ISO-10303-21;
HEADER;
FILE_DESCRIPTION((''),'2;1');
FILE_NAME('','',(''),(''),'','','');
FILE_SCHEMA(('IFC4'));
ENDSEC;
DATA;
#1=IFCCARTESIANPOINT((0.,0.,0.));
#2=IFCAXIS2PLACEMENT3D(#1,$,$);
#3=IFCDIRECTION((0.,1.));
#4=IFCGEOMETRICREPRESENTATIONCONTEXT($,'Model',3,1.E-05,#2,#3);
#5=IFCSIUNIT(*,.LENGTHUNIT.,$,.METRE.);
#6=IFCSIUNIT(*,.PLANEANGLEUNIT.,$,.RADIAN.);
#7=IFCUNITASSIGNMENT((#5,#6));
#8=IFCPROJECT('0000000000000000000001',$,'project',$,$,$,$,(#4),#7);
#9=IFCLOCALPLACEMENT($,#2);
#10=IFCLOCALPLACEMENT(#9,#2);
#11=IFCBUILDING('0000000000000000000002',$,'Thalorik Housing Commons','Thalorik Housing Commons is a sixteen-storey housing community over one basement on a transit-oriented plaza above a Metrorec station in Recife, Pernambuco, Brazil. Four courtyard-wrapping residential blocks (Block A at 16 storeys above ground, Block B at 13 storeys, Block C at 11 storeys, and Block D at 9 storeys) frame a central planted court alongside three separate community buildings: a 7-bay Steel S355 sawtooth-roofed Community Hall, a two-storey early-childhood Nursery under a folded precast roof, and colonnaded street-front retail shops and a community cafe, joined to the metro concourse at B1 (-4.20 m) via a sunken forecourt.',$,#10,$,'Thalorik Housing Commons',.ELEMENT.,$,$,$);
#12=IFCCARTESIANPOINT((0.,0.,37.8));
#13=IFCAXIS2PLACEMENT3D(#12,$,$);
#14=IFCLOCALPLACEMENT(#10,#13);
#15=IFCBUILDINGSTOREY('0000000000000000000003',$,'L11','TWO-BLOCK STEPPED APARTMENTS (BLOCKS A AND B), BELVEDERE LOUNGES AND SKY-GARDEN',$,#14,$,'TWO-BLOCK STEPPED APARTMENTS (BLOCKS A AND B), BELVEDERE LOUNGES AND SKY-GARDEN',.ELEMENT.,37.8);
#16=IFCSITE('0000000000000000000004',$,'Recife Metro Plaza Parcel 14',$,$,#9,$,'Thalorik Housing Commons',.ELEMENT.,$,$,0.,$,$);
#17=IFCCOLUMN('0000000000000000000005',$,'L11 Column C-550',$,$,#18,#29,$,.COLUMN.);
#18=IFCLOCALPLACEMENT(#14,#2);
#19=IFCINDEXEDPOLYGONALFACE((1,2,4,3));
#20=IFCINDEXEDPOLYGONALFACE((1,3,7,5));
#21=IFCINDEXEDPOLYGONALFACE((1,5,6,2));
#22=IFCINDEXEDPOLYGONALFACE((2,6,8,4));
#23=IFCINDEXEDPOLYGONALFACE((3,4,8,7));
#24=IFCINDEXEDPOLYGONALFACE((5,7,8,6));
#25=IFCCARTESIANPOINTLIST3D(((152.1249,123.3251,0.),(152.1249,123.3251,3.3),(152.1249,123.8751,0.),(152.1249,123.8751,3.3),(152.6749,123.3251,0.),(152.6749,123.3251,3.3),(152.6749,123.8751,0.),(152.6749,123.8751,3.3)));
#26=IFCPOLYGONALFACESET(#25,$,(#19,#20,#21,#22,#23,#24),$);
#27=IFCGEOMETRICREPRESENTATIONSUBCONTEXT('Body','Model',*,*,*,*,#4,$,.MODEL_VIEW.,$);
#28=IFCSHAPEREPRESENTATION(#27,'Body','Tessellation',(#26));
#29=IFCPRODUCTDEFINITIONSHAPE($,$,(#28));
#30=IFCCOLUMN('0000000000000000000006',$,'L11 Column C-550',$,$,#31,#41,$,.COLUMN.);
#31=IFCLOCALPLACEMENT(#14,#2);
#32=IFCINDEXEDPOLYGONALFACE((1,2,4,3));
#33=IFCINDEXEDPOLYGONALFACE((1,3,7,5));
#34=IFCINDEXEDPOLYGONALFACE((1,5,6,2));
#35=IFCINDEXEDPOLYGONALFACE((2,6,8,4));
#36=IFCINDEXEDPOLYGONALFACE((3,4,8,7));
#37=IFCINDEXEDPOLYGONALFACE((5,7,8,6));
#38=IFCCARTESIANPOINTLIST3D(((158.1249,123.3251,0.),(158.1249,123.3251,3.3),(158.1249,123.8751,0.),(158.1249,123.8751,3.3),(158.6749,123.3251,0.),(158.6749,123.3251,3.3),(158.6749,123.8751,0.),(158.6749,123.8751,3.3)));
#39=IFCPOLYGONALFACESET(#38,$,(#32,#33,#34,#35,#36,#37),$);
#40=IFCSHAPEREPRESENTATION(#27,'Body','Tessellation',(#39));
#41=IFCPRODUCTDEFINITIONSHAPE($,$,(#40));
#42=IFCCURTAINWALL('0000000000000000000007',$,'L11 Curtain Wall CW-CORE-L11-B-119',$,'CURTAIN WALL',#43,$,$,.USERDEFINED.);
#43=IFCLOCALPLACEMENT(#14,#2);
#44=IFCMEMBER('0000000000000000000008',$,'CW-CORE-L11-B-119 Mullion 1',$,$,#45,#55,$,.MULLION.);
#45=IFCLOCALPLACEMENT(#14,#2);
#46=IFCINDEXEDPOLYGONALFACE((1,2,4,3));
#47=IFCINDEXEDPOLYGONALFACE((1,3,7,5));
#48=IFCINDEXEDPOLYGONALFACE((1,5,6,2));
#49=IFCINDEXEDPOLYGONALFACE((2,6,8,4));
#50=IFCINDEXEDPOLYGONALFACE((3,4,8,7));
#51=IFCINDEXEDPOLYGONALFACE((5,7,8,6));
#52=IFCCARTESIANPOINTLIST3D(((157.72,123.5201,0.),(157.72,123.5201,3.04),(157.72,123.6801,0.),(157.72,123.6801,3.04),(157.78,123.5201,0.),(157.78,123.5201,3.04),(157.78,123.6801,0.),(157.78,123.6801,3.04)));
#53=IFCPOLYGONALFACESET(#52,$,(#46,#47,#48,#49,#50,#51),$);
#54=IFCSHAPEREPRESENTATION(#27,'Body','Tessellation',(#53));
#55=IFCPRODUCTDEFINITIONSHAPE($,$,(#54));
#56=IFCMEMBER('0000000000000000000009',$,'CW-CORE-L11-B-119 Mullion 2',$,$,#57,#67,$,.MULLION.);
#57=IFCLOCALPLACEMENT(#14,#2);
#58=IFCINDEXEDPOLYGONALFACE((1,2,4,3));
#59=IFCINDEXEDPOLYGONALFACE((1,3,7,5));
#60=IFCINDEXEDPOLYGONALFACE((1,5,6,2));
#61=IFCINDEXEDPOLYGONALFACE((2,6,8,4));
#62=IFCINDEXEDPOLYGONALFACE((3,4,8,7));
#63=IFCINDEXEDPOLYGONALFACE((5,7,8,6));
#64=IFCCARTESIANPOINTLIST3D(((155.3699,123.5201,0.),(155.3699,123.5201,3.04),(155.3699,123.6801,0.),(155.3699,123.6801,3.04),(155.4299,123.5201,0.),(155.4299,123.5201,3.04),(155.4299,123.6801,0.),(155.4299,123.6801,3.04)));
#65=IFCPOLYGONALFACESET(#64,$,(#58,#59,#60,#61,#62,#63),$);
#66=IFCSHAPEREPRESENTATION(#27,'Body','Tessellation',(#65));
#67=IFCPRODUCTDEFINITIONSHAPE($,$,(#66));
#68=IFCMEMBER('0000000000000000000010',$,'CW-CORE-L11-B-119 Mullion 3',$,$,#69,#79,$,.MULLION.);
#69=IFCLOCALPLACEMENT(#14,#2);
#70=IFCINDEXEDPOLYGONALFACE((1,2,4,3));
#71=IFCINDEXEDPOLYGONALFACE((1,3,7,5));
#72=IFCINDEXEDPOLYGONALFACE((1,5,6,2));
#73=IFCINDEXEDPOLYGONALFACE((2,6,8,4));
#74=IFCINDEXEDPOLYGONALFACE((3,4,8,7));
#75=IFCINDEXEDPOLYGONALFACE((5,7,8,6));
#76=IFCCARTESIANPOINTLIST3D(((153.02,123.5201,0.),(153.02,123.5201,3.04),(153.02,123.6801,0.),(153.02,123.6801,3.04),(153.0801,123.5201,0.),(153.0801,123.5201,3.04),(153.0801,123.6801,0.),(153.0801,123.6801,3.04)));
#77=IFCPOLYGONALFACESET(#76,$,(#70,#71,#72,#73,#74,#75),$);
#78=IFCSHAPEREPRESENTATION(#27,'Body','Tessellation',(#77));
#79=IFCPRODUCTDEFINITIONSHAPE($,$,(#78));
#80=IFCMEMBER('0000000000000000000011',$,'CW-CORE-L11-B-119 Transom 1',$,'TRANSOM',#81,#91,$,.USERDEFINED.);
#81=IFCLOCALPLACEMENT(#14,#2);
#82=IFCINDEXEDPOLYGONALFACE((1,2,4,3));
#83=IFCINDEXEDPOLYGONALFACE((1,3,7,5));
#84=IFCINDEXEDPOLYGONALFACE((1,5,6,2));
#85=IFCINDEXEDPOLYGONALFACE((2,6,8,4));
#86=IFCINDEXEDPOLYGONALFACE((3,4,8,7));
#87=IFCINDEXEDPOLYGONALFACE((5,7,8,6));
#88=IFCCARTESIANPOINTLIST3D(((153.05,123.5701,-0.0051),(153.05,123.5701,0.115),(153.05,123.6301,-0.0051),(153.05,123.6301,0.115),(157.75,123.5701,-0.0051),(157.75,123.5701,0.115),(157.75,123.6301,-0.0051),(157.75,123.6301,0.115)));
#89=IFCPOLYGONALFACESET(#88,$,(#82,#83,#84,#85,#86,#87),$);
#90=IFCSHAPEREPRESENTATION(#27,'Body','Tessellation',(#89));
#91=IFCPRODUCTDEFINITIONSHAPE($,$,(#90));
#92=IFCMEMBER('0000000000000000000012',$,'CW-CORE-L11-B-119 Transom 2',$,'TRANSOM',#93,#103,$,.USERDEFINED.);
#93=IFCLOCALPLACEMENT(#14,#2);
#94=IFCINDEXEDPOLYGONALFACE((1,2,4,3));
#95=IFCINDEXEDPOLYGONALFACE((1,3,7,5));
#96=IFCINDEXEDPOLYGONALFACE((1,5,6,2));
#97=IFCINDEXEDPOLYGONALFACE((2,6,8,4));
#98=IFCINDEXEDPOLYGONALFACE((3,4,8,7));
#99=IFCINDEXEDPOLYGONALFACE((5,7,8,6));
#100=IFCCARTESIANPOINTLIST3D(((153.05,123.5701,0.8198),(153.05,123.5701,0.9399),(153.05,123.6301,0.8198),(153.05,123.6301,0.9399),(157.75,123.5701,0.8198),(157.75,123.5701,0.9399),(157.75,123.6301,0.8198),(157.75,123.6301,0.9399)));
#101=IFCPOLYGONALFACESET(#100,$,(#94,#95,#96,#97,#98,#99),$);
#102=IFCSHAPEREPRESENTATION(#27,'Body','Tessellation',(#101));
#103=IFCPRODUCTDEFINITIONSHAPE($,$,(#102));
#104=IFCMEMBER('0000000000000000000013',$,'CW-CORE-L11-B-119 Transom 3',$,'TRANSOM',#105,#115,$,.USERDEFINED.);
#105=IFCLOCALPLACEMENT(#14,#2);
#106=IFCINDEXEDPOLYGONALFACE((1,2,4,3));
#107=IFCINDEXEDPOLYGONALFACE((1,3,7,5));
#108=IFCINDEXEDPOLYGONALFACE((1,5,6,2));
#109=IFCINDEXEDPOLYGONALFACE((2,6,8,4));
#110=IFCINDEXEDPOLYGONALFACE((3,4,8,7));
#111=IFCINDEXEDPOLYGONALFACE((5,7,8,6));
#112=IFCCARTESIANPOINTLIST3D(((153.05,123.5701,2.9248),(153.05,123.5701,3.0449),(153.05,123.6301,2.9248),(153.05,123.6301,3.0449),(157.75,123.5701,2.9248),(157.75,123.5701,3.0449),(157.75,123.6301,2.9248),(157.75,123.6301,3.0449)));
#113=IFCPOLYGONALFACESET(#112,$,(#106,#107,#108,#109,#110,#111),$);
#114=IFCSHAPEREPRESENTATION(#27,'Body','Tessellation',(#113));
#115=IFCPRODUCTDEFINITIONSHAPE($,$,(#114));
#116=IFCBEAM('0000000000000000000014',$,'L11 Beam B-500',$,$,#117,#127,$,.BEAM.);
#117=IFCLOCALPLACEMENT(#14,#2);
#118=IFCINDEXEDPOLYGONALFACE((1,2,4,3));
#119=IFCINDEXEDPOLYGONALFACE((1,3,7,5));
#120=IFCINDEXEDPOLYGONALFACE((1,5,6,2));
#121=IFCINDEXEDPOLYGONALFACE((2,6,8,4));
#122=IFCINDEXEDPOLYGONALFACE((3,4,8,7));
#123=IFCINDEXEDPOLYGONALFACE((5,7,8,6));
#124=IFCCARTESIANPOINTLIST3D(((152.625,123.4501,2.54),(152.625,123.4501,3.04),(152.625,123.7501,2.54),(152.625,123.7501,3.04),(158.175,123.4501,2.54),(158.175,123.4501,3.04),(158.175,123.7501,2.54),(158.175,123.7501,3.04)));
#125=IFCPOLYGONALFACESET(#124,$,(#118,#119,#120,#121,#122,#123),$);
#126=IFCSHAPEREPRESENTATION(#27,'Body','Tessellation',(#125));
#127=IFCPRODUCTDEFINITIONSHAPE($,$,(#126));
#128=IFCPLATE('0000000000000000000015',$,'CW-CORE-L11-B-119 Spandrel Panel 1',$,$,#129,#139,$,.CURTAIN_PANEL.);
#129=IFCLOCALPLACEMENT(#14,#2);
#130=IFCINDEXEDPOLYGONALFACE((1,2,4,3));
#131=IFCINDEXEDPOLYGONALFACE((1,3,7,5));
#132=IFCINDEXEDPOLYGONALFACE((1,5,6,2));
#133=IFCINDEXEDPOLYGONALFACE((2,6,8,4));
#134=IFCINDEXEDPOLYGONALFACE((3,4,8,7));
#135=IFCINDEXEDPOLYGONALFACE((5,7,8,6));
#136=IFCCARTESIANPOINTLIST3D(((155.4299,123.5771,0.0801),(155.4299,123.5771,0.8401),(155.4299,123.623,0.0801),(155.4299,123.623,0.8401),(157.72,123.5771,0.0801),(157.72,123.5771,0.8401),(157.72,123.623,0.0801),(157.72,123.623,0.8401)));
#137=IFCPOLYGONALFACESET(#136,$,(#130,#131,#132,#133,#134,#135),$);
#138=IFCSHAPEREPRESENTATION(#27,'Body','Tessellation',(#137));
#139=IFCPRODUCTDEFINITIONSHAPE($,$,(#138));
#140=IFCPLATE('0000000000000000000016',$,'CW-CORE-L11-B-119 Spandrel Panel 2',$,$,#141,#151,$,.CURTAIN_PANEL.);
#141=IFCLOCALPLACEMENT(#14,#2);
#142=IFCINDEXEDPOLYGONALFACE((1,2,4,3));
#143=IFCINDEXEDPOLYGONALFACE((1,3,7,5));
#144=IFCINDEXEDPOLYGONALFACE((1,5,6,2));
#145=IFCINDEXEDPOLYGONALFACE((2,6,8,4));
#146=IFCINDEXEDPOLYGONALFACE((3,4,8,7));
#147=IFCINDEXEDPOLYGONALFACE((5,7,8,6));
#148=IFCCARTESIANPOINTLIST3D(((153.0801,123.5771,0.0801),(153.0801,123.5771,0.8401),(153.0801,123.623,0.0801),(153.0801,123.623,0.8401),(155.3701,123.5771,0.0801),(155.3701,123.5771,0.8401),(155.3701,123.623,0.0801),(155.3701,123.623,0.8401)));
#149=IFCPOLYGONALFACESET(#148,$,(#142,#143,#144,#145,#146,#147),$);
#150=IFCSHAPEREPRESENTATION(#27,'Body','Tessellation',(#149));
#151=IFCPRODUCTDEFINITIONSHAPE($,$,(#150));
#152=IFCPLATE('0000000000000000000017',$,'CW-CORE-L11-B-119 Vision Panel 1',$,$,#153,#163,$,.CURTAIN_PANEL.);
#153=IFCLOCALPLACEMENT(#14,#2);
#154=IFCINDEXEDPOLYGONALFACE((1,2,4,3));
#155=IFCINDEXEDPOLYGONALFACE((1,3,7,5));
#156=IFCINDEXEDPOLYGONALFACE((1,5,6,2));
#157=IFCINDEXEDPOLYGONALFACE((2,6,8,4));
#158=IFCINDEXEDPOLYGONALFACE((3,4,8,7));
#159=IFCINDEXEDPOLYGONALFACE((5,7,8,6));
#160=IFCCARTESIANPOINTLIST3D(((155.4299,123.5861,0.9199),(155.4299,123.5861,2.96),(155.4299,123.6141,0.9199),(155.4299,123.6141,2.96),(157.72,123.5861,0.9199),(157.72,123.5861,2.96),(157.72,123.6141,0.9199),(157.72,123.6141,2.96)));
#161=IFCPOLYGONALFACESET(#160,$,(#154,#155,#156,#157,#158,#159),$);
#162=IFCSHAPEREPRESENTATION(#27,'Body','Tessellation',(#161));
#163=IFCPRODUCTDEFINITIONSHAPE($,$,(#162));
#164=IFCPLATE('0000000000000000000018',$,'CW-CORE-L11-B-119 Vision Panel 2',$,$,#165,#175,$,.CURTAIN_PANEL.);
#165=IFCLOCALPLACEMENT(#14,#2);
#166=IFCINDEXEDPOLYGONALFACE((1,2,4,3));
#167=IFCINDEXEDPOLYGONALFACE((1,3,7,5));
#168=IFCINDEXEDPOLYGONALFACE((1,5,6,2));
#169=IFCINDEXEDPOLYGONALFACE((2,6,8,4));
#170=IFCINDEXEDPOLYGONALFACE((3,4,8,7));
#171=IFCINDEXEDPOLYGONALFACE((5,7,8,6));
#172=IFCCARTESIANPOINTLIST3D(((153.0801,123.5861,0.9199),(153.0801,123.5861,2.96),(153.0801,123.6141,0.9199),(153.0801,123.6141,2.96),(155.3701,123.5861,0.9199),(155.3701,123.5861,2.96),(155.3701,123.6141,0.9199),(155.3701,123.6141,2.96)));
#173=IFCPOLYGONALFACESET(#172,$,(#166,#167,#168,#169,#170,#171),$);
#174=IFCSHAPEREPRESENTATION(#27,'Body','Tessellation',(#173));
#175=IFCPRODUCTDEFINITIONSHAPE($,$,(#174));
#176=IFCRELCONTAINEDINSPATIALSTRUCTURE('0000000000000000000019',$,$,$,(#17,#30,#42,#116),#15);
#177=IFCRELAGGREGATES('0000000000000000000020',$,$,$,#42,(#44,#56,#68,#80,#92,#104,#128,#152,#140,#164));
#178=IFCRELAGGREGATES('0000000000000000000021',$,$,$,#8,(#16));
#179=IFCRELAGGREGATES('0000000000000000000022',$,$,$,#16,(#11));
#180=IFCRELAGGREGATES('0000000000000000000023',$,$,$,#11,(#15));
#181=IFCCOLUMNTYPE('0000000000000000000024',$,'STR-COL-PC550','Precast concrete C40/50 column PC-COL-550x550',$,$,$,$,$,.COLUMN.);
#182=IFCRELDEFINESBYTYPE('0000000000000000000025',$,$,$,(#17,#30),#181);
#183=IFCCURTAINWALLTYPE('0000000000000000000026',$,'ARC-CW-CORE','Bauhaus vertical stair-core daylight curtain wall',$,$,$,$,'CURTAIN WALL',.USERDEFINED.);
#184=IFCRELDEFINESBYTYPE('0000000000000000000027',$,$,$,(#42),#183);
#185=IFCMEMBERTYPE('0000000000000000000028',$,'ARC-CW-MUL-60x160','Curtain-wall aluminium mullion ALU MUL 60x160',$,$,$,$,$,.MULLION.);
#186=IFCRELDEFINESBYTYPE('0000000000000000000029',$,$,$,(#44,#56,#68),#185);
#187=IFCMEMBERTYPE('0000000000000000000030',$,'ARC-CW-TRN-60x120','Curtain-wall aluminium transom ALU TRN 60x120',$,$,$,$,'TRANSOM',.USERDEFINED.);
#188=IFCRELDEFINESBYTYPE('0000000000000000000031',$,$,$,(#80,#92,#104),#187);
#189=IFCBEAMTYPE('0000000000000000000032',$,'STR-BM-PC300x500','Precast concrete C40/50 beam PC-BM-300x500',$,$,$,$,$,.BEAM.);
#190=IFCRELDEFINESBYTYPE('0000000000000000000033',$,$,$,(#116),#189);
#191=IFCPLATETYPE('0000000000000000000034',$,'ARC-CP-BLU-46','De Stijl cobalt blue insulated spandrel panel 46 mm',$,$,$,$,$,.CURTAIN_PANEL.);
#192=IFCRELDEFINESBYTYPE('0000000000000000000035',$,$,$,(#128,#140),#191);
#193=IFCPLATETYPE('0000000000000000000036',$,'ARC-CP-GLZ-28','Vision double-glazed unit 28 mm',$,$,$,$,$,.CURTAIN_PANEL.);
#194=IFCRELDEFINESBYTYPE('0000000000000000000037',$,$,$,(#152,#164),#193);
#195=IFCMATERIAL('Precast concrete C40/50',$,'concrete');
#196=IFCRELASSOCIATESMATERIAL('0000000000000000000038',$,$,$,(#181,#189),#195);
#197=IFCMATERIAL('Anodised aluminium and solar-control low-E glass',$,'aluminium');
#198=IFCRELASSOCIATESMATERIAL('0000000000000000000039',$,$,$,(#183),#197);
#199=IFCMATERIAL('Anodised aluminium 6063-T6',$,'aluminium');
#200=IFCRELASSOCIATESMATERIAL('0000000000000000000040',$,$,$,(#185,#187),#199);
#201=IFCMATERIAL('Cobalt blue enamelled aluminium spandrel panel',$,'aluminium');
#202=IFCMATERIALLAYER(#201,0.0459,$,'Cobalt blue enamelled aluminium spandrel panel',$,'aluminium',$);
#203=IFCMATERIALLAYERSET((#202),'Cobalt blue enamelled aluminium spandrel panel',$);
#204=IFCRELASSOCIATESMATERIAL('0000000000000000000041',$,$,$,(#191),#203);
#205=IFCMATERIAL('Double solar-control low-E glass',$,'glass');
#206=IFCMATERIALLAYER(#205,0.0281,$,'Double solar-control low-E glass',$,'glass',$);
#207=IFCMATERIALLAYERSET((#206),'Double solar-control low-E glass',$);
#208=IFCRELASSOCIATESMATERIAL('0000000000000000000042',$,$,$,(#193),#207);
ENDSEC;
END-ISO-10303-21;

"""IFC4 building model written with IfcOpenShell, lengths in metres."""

from ifc_helpers import new_model, si_unit, direction, frame, origin, origin_2d, place, context, subcontext, project, spatial, rectangle, extrude, material, layer, layer_set, material_profile, profile_set, type_object, element, aggregate, save


model = new_model("IFC4")

# Units and contexts
model_context = context("Model", 3, precision=1e-05, world=origin(), true_north=direction((0.0, 1.0)))
body_context = subcontext(model_context, "Body", "Model", "MODEL_VIEW")
ifc_project = project(units=[si_unit("LENGTHUNIT", "METRE"), si_unit("PLANEANGLEUNIT", "RADIAN")], contexts=[model_context])

# Site, building, storey
site_placement = place(None, origin())
site = spatial("IfcSite", under=ifc_project, at=site_placement, Name="Recife Metro Plaza Parcel 14", LongName="Thalorik Housing Commons", CompositionType="ELEMENT", RefElevation=0.0)
building_placement = place(site_placement, origin())
building = spatial("IfcBuilding", under=site, at=building_placement, Name="Thalorik Housing Commons", Description="Thalorik Housing Commons is a sixteen-storey housing community over one basement on a transit-oriented plaza above a Metrorec station in Recife, Pernambuco, Brazil. Four courtyard-wrapping residential blocks (Block A at 16 storeys above ground, Block B at 13 storeys, Block C at 11 storeys, and Block D at 9 storeys) frame a central planted court alongside three separate community buildings: a 7-bay Steel S355 sawtooth-roofed Community Hall, a two-storey early-childhood Nursery under a folded precast roof, and colonnaded street-front retail shops and a community cafe, joined to the metro concourse at B1 (-4.20 m) via a sunken forecourt.", LongName="Thalorik Housing Commons", CompositionType="ELEMENT")
storey_placement = place(building_placement, frame((0.0, 0.0, 37.8)))
storey = spatial("IfcBuildingStorey", under=building, at=storey_placement, Name="L11", Description="TWO-BLOCK STEPPED APARTMENTS (BLOCKS A AND B), BELVEDERE LOUNGES AND SKY-GARDEN", LongName="TWO-BLOCK STEPPED APARTMENTS (BLOCKS A AND B), BELVEDERE LOUNGES AND SKY-GARDEN", CompositionType="ELEMENT", Elevation=37.8)

# Columns
ifc_material_1 = material(Name="Precast concrete C40/50", Category="concrete")
ifc_material_profile_1 = material_profile(ifc_material_1, rectangle(XDim=0.55, YDim=0.55, at=origin_2d()), Name="PC 550x550", Category="concrete")
ifc_profile_set_1 = profile_set([ifc_material_profile_1], Name="Precast concrete C40/50")
column_type = type_object("IfcColumnType", Name="STR-COL-PC550", Description="Precast concrete C40/50 column PC-COL-550x550", PredefinedType="COLUMN", material=ifc_profile_set_1)
for number, where, z_axis, x_axis, name in (
    (1, (152.3999, 123.6001, 0.0), (0.0, 0.0, 1.0), (1.0, 0.0, 0.0), "L11 Column C-550"),
    (2, (158.3999, 123.6001, 0.0), (0.0, 0.0, 1.0), (1.0, 0.0, 0.0), "L11 Column C-550"),
):
    element("IfcColumn", number, at=place(storey_placement, frame(where, z_axis=z_axis, x_axis=x_axis)), inside=storey, type_object=column_type, Name=name, PredefinedType="COLUMN", context=body_context, shape_type="SweptSolid", body=[
        extrude(rectangle(XDim=0.55, YDim=0.55, at=origin_2d()), origin(), (0.0, 0.0, 1.0), 3.3),
    ])

# Curtain wall, members
ifc_material_2 = material(Name="Anodised aluminium and solar-control low-E glass", Category="aluminium")
curtain_wall_type = type_object("IfcCurtainWallType", Name="ARC-CW-CORE", Description="Bauhaus vertical stair-core daylight curtain wall", ElementType="CURTAIN WALL", PredefinedType="USERDEFINED", material=ifc_material_2)
curtain_wall_placement = place(storey_placement, origin())
curtain_wall = element("IfcCurtainWall", 3, at=curtain_wall_placement, inside=storey, type_object=curtain_wall_type, Name="L11 Curtain Wall CW-CORE-L11-B-119", ObjectType="CURTAIN WALL", PredefinedType="USERDEFINED")
ifc_material_3 = material(Name="Anodised aluminium 6063-T6", Category="aluminium")
ifc_material_profile_2 = material_profile(ifc_material_3, rectangle(XDim=0.0601, YDim=0.1599, at=origin_2d()), Name="ALU MUL 60x160", Category="aluminium")
ifc_profile_set_2 = profile_set([ifc_material_profile_2], Name="Anodised aluminium 6063-T6")
member_type_1 = type_object("IfcMemberType", Name="ARC-CW-MUL-60x160", Description="Curtain-wall aluminium mullion ALU MUL 60x160", PredefinedType="MULLION", material=ifc_profile_set_2)
member_1_placement = place(storey_placement, frame((157.75, 123.6001, 0.0), z_axis=(0.0, 0.0, 1.0), x_axis=(-1.0, 0.0, 0.0)))
member_1 = element("IfcMember", 4, at=member_1_placement, type_object=member_type_1, Name="CW-CORE-L11-B-119 Mullion 1", PredefinedType="MULLION", context=body_context, shape_type="SweptSolid", body=[
    extrude(rectangle(XDim=0.0601, YDim=0.1599, at=origin_2d()), origin(), (0.0, 0.0, 1.0), 3.04),
])
member_2_placement = place(storey_placement, frame((155.3999, 123.6001, 0.0), z_axis=(0.0, 0.0, 1.0), x_axis=(-1.0, 0.0, 0.0)))
member_2 = element("IfcMember", 5, at=member_2_placement, type_object=member_type_1, Name="CW-CORE-L11-B-119 Mullion 2", PredefinedType="MULLION", context=body_context, shape_type="SweptSolid", body=[
    extrude(rectangle(XDim=0.0601, YDim=0.1599, at=origin_2d()), origin(), (0.0, 0.0, 1.0), 3.04),
])
member_3_placement = place(storey_placement, frame((153.05, 123.6001, 0.0), z_axis=(0.0, 0.0, 1.0), x_axis=(-1.0, 0.0, 0.0)))
member_3 = element("IfcMember", 6, at=member_3_placement, type_object=member_type_1, Name="CW-CORE-L11-B-119 Mullion 3", PredefinedType="MULLION", context=body_context, shape_type="SweptSolid", body=[
    extrude(rectangle(XDim=0.0601, YDim=0.1599, at=origin_2d()), origin(), (0.0, 0.0, 1.0), 3.04),
])
ifc_material_profile_3 = material_profile(ifc_material_3, rectangle(XDim=0.0601, YDim=0.1201, at=origin_2d()), Name="ALU TRN 60x120", Category="aluminium")
ifc_profile_set_3 = profile_set([ifc_material_profile_3], Name="Anodised aluminium 6063-T6")
member_type_2 = type_object("IfcMemberType", Name="ARC-CW-TRN-60x120", Description="Curtain-wall aluminium transom ALU TRN 60x120", ElementType="TRANSOM", PredefinedType="USERDEFINED", material=ifc_profile_set_3)
member_4_placement = place(storey_placement, frame((157.75, 123.6001, 0.0549), z_axis=(-1.0, 0.0, 0.0), x_axis=(0.0, -1.0, 0.0)))
member_4 = element("IfcMember", 7, at=member_4_placement, type_object=member_type_2, Name="CW-CORE-L11-B-119 Transom 1", ObjectType="TRANSOM", PredefinedType="USERDEFINED", context=body_context, shape_type="SweptSolid", body=[
    extrude(rectangle(XDim=0.0601, YDim=0.1201, at=origin_2d()), origin(), (0.0, 0.0, 1.0), 4.7),
])
member_5_placement = place(storey_placement, frame((157.75, 123.6001, 0.8799), z_axis=(-1.0, 0.0, 0.0), x_axis=(0.0, -1.0, 0.0)))
member_5 = element("IfcMember", 8, at=member_5_placement, type_object=member_type_2, Name="CW-CORE-L11-B-119 Transom 2", ObjectType="TRANSOM", PredefinedType="USERDEFINED", context=body_context, shape_type="SweptSolid", body=[
    extrude(rectangle(XDim=0.0601, YDim=0.1201, at=origin_2d()), origin(), (0.0, 0.0, 1.0), 4.7),
])
member_6_placement = place(storey_placement, frame((157.75, 123.6001, 2.9849), z_axis=(-1.0, 0.0, 0.0), x_axis=(0.0, -1.0, 0.0)))
member_6 = element("IfcMember", 9, at=member_6_placement, type_object=member_type_2, Name="CW-CORE-L11-B-119 Transom 3", ObjectType="TRANSOM", PredefinedType="USERDEFINED", context=body_context, shape_type="SweptSolid", body=[
    extrude(rectangle(XDim=0.0601, YDim=0.1201, at=origin_2d()), origin(), (0.0, 0.0, 1.0), 4.7),
])

# Beam
ifc_material_profile_4 = material_profile(ifc_material_1, rectangle(XDim=0.3, YDim=0.5, at=origin_2d()), Name="PC 300x500", Category="concrete")
ifc_profile_set_4 = profile_set([ifc_material_profile_4], Name="Precast concrete C40/50")
beam_type = type_object("IfcBeamType", Name="STR-BM-PC300x500", Description="Precast concrete C40/50 beam PC-BM-300x500", PredefinedType="BEAM", material=ifc_profile_set_4)
beam_placement = place(storey_placement, frame((152.625, 123.6001, 2.79), z_axis=(1.0, 0.0, 0.0), x_axis=(0.0, 1.0, 0.0)))
element("IfcBeam", 10, at=beam_placement, inside=storey, type_object=beam_type, Name="L11 Beam B-500", PredefinedType="BEAM", context=body_context, shape_type="SweptSolid", body=[
    extrude(rectangle(XDim=0.3, YDim=0.5, at=origin_2d()), origin(), (0.0, 0.0, 1.0), 5.55),
])

# Plates
ifc_material_4 = material(Name="Cobalt blue enamelled aluminium spandrel panel", Category="aluminium")
ifc_layer_1 = layer(ifc_material_4, 0.0459, Name="Cobalt blue enamelled aluminium spandrel panel", Category="aluminium")
ifc_layer_set_1 = layer_set([ifc_layer_1], Name="Cobalt blue enamelled aluminium spandrel panel")
plate_type_1 = type_object("IfcPlateType", Name="ARC-CP-BLU-46", Description="De Stijl cobalt blue insulated spandrel panel 46 mm", PredefinedType="CURTAIN_PANEL", material=ifc_layer_set_1)
plate_1_placement = place(storey_placement, frame((156.575, 123.6001, 0.0801), z_axis=(0.0, 0.0, 1.0), x_axis=(-1.0, 0.0, 0.0)))
plate_1 = element("IfcPlate", 11, at=plate_1_placement, type_object=plate_type_1, Name="CW-CORE-L11-B-119 Spandrel Panel 1", PredefinedType="CURTAIN_PANEL", context=body_context, shape_type="SweptSolid", body=[
    extrude(rectangle(XDim=2.29, YDim=0.0459, at=origin_2d()), origin(), (0.0, 0.0, 1.0), 0.76),
])
plate_2_placement = place(storey_placement, frame((154.2251, 123.6001, 0.0801), z_axis=(0.0, 0.0, 1.0), x_axis=(-1.0, 0.0, 0.0)))
plate_2 = element("IfcPlate", 12, at=plate_2_placement, type_object=plate_type_1, Name="CW-CORE-L11-B-119 Spandrel Panel 2", PredefinedType="CURTAIN_PANEL", context=body_context, shape_type="SweptSolid", body=[
    extrude(rectangle(XDim=2.29, YDim=0.0459, at=origin_2d()), origin(), (0.0, 0.0, 1.0), 0.76),
])
ifc_material_5 = material(Name="Double solar-control low-E glass", Category="glass")
ifc_layer_2 = layer(ifc_material_5, 0.0281, Name="Double solar-control low-E glass", Category="glass")
ifc_layer_set_2 = layer_set([ifc_layer_2], Name="Double solar-control low-E glass")
plate_type_2 = type_object("IfcPlateType", Name="ARC-CP-GLZ-28", Description="Vision double-glazed unit 28 mm", PredefinedType="CURTAIN_PANEL", material=ifc_layer_set_2)
plate_3_placement = place(storey_placement, frame((156.575, 123.6001, 0.9199), z_axis=(0.0, 0.0, 1.0), x_axis=(-1.0, 0.0, 0.0)))
plate_3 = element("IfcPlate", 13, at=plate_3_placement, type_object=plate_type_2, Name="CW-CORE-L11-B-119 Vision Panel 1", PredefinedType="CURTAIN_PANEL", context=body_context, shape_type="SweptSolid", body=[
    extrude(rectangle(XDim=2.29, YDim=0.0281, at=origin_2d()), origin(), (0.0, 0.0, 1.0), 2.04),
])
plate_4_placement = place(storey_placement, frame((154.2251, 123.6001, 0.9199), z_axis=(0.0, 0.0, 1.0), x_axis=(-1.0, 0.0, 0.0)))
plate_4 = element("IfcPlate", 14, at=plate_4_placement, type_object=plate_type_2, Name="CW-CORE-L11-B-119 Vision Panel 2", PredefinedType="CURTAIN_PANEL", context=body_context, shape_type="SweptSolid", body=[
    extrude(rectangle(XDim=2.29, YDim=0.0281, at=origin_2d()), origin(), (0.0, 0.0, 1.0), 2.04),
])
aggregate(curtain_wall, [member_1, member_2, member_3, member_4, member_5, member_6, plate_1, plate_3, plate_2, plate_4])

save(model, "model.ifc")
